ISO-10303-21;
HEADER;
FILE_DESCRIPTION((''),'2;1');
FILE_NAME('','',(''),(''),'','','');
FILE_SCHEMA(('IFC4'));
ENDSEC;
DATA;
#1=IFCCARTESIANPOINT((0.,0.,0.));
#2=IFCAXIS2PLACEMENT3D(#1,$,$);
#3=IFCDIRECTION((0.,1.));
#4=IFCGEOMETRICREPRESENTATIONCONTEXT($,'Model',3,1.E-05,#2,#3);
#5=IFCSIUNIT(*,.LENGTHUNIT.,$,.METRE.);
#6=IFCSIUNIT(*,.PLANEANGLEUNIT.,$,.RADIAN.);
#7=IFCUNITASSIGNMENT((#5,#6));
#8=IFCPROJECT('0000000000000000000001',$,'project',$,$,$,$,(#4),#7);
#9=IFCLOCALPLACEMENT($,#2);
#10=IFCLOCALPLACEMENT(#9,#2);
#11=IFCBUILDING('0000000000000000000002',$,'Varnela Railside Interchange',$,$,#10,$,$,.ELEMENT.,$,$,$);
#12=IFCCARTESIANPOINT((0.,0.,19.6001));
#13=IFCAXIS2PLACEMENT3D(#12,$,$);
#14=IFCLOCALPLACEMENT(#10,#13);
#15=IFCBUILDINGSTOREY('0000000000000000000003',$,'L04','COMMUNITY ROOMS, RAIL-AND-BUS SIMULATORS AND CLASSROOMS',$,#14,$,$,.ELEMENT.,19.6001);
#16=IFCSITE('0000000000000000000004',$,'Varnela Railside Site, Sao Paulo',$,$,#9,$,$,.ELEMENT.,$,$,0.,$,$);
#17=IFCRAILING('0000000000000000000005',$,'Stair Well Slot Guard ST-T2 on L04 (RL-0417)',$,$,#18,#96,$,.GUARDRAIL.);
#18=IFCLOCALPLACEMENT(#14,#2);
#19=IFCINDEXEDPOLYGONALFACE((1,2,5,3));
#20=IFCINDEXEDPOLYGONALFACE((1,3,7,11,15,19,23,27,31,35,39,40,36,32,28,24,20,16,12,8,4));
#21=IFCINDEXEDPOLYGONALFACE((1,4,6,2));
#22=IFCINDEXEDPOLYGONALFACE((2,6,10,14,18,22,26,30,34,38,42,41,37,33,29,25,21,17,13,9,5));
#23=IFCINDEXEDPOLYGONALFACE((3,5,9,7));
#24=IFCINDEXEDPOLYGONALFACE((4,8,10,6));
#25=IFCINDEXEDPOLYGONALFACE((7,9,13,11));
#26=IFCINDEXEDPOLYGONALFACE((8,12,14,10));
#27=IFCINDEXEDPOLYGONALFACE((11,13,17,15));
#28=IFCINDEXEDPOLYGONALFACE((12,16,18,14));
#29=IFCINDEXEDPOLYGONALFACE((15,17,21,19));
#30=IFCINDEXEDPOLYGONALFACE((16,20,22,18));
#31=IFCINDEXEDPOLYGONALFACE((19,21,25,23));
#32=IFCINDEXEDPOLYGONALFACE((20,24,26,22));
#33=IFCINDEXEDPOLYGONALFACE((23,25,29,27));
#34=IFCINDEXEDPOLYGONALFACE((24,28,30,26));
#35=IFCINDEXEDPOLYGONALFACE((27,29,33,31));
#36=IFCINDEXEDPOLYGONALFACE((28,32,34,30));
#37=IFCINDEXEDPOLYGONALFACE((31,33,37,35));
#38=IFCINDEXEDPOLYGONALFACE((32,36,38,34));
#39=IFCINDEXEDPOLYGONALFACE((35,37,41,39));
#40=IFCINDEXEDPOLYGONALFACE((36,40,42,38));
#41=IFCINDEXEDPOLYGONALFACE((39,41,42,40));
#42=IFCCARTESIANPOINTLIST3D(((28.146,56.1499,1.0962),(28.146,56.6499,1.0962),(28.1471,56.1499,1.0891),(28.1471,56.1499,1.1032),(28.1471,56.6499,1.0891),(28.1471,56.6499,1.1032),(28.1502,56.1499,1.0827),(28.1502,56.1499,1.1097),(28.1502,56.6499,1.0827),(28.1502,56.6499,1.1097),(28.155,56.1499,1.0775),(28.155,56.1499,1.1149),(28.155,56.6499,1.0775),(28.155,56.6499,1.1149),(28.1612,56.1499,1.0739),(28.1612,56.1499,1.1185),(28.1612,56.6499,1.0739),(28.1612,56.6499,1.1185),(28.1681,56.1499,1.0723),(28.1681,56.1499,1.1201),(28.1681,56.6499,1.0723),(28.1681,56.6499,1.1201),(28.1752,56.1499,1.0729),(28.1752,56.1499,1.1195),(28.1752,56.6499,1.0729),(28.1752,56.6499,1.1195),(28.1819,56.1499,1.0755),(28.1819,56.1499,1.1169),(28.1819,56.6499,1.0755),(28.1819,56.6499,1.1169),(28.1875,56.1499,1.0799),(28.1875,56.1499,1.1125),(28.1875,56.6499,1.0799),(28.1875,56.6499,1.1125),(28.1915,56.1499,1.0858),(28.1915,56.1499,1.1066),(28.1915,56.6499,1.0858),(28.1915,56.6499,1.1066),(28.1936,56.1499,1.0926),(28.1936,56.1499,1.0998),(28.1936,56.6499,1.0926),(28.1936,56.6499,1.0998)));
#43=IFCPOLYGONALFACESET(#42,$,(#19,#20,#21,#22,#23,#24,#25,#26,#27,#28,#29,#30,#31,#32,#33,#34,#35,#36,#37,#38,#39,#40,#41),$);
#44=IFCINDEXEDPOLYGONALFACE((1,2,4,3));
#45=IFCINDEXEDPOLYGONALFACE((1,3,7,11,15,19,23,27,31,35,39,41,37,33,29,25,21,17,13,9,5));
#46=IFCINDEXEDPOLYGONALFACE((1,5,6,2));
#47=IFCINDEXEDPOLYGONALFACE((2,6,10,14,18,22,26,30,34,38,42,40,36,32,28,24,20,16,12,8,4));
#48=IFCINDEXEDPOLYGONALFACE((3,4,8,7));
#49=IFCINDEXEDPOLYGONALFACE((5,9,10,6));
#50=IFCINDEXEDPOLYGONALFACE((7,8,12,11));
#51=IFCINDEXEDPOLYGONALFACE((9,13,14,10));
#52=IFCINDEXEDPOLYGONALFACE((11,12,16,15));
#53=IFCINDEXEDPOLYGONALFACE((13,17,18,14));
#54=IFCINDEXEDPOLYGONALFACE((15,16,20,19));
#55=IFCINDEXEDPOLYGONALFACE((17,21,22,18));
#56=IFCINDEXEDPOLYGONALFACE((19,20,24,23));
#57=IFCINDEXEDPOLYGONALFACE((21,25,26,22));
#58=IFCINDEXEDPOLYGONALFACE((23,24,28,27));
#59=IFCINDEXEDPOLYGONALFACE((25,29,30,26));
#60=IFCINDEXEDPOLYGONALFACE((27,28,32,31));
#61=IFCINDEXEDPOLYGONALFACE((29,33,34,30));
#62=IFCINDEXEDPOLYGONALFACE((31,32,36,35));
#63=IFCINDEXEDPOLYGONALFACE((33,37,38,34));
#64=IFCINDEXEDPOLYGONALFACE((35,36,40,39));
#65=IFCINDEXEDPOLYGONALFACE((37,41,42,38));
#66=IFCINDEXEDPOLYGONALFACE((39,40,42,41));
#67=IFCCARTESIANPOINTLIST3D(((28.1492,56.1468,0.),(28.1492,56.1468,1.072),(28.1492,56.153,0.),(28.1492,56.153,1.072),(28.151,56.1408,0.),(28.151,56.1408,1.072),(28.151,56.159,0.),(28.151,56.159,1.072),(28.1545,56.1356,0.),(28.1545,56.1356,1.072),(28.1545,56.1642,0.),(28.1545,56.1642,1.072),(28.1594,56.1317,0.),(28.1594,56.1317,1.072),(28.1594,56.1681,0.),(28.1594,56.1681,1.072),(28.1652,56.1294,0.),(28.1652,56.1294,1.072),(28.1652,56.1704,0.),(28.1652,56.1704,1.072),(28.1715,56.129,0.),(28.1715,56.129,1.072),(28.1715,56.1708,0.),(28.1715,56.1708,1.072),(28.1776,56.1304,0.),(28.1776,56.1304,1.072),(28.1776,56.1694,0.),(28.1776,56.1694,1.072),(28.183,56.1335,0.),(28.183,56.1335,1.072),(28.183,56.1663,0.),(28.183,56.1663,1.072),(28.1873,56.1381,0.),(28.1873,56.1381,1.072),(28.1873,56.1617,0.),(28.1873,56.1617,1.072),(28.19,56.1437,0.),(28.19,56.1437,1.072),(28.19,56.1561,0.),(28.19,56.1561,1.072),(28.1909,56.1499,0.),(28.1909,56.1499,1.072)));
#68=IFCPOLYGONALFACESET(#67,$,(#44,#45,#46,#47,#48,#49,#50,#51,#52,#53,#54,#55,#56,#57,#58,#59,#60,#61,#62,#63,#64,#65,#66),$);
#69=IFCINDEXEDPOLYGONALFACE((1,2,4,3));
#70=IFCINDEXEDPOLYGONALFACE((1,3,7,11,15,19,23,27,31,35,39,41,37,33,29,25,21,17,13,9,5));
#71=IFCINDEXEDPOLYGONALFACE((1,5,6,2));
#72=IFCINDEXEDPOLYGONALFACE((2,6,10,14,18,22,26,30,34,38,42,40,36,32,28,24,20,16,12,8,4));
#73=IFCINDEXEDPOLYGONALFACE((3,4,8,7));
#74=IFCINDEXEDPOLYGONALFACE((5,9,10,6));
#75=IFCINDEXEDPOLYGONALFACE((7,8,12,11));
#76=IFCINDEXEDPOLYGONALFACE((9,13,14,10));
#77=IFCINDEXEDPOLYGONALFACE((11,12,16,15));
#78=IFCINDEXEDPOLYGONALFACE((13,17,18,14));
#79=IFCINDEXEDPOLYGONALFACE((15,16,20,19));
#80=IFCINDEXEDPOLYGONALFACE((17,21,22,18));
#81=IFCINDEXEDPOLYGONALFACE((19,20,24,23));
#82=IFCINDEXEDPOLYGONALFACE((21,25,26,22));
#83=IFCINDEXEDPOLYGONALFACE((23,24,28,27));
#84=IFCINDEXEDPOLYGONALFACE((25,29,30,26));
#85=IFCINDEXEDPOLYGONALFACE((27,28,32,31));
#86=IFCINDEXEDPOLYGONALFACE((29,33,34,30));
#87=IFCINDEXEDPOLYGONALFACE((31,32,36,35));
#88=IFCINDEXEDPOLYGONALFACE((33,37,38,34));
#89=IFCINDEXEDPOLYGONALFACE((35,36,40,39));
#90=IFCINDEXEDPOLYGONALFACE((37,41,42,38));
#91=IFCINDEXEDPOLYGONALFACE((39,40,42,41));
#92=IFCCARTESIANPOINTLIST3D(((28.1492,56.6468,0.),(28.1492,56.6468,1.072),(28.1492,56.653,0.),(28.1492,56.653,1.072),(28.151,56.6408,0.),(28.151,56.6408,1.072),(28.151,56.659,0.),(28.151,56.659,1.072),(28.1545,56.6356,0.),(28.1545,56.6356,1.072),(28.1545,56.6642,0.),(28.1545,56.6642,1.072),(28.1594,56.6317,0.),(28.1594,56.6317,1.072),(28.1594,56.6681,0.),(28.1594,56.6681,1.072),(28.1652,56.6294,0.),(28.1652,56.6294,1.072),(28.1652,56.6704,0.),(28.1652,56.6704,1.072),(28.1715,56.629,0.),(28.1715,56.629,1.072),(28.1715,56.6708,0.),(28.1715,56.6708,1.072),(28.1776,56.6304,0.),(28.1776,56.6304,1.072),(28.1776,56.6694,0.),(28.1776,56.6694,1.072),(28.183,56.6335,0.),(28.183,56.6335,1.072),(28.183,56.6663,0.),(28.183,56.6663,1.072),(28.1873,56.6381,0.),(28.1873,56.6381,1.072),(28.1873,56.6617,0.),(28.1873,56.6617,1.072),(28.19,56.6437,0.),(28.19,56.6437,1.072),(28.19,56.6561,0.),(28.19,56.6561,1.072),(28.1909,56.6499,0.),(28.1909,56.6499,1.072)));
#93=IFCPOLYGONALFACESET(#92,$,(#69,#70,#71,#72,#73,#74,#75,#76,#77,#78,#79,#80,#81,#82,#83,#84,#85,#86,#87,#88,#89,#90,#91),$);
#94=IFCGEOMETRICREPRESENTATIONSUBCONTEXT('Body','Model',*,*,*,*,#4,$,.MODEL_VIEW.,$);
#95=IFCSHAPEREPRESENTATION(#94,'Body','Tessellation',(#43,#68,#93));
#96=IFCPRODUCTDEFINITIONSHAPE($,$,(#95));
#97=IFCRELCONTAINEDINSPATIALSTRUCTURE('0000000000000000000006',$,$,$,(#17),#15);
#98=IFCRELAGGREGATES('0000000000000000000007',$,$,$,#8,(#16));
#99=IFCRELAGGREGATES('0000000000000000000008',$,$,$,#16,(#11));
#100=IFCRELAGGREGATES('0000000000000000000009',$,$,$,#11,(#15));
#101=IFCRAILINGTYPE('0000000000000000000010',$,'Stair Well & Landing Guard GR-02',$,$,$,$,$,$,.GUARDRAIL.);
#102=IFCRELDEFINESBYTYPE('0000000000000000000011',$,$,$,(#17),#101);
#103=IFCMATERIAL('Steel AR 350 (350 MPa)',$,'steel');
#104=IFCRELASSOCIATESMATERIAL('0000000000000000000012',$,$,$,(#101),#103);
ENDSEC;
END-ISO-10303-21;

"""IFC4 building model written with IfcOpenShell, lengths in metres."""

from ifc_helpers import new_model, si_unit, direction, frame, origin, origin_2d, place, context, subcontext, project, spatial, circle, extrude, material, type_object, element, save


model = new_model("IFC4")

# Units and contexts
model_context = context("Model", 3, precision=1e-05, world=origin(), true_north=direction((0.0, 1.0)))
body_context = subcontext(model_context, "Body", "Model", "MODEL_VIEW")
ifc_project = project(units=[si_unit("LENGTHUNIT", "METRE"), si_unit("PLANEANGLEUNIT", "RADIAN")], contexts=[model_context])

# Site, building, storey
site_placement = place(None, origin())
site = spatial("IfcSite", under=ifc_project, at=site_placement, Name="Varnela Railside Site, Sao Paulo", CompositionType="ELEMENT", RefElevation=0.0)
building_placement = place(site_placement, origin())
building = spatial("IfcBuilding", under=site, at=building_placement, Name="Varnela Railside Interchange", CompositionType="ELEMENT")
storey_placement = place(building_placement, frame((0.0, 0.0, 19.6001)))
storey = spatial("IfcBuildingStorey", under=building, at=storey_placement, Name="L04", Description="COMMUNITY ROOMS, RAIL-AND-BUS SIMULATORS AND CLASSROOMS", CompositionType="ELEMENT", Elevation=19.6001)

# Shared definitions
ifc_material_1 = material(Name="Steel AR 350 (350 MPa)", Category="steel")

# Railing
railing_type_1 = type_object("IfcRailingType", Name="Stair Well & Landing Guard GR-02", PredefinedType="GUARDRAIL", material=ifc_material_1)
railing_1_placement = place(storey_placement, frame((28.1699, 56.1499, 0.0)))
element("IfcRailing", 1, at=railing_1_placement, inside=storey, type_object=railing_type_1, Name="Stair Well Slot Guard ST-T2 on L04 (RL-0417)", PredefinedType="GUARDRAIL", context=body_context, shape_type="SweptSolid", body=[
    extrude(circle(Radius=0.0239, at=origin_2d()), frame((0.0, 0.0, 1.0962), z_axis=(0.0, 1.0, 0.0), x_axis=(-1.0, 0.0, 0.0)), (0.0, 0.0, 1.0), 0.5),
    extrude(circle(Radius=0.021, at=origin_2d()), origin(), (0.0, 0.0, 1.0), 1.072),
    extrude(circle(Radius=0.021, at=origin_2d()), frame((0.0, 0.5, 0.0)), (0.0, 0.0, 1.0), 1.072),
])

save(model, "model.ifc")
